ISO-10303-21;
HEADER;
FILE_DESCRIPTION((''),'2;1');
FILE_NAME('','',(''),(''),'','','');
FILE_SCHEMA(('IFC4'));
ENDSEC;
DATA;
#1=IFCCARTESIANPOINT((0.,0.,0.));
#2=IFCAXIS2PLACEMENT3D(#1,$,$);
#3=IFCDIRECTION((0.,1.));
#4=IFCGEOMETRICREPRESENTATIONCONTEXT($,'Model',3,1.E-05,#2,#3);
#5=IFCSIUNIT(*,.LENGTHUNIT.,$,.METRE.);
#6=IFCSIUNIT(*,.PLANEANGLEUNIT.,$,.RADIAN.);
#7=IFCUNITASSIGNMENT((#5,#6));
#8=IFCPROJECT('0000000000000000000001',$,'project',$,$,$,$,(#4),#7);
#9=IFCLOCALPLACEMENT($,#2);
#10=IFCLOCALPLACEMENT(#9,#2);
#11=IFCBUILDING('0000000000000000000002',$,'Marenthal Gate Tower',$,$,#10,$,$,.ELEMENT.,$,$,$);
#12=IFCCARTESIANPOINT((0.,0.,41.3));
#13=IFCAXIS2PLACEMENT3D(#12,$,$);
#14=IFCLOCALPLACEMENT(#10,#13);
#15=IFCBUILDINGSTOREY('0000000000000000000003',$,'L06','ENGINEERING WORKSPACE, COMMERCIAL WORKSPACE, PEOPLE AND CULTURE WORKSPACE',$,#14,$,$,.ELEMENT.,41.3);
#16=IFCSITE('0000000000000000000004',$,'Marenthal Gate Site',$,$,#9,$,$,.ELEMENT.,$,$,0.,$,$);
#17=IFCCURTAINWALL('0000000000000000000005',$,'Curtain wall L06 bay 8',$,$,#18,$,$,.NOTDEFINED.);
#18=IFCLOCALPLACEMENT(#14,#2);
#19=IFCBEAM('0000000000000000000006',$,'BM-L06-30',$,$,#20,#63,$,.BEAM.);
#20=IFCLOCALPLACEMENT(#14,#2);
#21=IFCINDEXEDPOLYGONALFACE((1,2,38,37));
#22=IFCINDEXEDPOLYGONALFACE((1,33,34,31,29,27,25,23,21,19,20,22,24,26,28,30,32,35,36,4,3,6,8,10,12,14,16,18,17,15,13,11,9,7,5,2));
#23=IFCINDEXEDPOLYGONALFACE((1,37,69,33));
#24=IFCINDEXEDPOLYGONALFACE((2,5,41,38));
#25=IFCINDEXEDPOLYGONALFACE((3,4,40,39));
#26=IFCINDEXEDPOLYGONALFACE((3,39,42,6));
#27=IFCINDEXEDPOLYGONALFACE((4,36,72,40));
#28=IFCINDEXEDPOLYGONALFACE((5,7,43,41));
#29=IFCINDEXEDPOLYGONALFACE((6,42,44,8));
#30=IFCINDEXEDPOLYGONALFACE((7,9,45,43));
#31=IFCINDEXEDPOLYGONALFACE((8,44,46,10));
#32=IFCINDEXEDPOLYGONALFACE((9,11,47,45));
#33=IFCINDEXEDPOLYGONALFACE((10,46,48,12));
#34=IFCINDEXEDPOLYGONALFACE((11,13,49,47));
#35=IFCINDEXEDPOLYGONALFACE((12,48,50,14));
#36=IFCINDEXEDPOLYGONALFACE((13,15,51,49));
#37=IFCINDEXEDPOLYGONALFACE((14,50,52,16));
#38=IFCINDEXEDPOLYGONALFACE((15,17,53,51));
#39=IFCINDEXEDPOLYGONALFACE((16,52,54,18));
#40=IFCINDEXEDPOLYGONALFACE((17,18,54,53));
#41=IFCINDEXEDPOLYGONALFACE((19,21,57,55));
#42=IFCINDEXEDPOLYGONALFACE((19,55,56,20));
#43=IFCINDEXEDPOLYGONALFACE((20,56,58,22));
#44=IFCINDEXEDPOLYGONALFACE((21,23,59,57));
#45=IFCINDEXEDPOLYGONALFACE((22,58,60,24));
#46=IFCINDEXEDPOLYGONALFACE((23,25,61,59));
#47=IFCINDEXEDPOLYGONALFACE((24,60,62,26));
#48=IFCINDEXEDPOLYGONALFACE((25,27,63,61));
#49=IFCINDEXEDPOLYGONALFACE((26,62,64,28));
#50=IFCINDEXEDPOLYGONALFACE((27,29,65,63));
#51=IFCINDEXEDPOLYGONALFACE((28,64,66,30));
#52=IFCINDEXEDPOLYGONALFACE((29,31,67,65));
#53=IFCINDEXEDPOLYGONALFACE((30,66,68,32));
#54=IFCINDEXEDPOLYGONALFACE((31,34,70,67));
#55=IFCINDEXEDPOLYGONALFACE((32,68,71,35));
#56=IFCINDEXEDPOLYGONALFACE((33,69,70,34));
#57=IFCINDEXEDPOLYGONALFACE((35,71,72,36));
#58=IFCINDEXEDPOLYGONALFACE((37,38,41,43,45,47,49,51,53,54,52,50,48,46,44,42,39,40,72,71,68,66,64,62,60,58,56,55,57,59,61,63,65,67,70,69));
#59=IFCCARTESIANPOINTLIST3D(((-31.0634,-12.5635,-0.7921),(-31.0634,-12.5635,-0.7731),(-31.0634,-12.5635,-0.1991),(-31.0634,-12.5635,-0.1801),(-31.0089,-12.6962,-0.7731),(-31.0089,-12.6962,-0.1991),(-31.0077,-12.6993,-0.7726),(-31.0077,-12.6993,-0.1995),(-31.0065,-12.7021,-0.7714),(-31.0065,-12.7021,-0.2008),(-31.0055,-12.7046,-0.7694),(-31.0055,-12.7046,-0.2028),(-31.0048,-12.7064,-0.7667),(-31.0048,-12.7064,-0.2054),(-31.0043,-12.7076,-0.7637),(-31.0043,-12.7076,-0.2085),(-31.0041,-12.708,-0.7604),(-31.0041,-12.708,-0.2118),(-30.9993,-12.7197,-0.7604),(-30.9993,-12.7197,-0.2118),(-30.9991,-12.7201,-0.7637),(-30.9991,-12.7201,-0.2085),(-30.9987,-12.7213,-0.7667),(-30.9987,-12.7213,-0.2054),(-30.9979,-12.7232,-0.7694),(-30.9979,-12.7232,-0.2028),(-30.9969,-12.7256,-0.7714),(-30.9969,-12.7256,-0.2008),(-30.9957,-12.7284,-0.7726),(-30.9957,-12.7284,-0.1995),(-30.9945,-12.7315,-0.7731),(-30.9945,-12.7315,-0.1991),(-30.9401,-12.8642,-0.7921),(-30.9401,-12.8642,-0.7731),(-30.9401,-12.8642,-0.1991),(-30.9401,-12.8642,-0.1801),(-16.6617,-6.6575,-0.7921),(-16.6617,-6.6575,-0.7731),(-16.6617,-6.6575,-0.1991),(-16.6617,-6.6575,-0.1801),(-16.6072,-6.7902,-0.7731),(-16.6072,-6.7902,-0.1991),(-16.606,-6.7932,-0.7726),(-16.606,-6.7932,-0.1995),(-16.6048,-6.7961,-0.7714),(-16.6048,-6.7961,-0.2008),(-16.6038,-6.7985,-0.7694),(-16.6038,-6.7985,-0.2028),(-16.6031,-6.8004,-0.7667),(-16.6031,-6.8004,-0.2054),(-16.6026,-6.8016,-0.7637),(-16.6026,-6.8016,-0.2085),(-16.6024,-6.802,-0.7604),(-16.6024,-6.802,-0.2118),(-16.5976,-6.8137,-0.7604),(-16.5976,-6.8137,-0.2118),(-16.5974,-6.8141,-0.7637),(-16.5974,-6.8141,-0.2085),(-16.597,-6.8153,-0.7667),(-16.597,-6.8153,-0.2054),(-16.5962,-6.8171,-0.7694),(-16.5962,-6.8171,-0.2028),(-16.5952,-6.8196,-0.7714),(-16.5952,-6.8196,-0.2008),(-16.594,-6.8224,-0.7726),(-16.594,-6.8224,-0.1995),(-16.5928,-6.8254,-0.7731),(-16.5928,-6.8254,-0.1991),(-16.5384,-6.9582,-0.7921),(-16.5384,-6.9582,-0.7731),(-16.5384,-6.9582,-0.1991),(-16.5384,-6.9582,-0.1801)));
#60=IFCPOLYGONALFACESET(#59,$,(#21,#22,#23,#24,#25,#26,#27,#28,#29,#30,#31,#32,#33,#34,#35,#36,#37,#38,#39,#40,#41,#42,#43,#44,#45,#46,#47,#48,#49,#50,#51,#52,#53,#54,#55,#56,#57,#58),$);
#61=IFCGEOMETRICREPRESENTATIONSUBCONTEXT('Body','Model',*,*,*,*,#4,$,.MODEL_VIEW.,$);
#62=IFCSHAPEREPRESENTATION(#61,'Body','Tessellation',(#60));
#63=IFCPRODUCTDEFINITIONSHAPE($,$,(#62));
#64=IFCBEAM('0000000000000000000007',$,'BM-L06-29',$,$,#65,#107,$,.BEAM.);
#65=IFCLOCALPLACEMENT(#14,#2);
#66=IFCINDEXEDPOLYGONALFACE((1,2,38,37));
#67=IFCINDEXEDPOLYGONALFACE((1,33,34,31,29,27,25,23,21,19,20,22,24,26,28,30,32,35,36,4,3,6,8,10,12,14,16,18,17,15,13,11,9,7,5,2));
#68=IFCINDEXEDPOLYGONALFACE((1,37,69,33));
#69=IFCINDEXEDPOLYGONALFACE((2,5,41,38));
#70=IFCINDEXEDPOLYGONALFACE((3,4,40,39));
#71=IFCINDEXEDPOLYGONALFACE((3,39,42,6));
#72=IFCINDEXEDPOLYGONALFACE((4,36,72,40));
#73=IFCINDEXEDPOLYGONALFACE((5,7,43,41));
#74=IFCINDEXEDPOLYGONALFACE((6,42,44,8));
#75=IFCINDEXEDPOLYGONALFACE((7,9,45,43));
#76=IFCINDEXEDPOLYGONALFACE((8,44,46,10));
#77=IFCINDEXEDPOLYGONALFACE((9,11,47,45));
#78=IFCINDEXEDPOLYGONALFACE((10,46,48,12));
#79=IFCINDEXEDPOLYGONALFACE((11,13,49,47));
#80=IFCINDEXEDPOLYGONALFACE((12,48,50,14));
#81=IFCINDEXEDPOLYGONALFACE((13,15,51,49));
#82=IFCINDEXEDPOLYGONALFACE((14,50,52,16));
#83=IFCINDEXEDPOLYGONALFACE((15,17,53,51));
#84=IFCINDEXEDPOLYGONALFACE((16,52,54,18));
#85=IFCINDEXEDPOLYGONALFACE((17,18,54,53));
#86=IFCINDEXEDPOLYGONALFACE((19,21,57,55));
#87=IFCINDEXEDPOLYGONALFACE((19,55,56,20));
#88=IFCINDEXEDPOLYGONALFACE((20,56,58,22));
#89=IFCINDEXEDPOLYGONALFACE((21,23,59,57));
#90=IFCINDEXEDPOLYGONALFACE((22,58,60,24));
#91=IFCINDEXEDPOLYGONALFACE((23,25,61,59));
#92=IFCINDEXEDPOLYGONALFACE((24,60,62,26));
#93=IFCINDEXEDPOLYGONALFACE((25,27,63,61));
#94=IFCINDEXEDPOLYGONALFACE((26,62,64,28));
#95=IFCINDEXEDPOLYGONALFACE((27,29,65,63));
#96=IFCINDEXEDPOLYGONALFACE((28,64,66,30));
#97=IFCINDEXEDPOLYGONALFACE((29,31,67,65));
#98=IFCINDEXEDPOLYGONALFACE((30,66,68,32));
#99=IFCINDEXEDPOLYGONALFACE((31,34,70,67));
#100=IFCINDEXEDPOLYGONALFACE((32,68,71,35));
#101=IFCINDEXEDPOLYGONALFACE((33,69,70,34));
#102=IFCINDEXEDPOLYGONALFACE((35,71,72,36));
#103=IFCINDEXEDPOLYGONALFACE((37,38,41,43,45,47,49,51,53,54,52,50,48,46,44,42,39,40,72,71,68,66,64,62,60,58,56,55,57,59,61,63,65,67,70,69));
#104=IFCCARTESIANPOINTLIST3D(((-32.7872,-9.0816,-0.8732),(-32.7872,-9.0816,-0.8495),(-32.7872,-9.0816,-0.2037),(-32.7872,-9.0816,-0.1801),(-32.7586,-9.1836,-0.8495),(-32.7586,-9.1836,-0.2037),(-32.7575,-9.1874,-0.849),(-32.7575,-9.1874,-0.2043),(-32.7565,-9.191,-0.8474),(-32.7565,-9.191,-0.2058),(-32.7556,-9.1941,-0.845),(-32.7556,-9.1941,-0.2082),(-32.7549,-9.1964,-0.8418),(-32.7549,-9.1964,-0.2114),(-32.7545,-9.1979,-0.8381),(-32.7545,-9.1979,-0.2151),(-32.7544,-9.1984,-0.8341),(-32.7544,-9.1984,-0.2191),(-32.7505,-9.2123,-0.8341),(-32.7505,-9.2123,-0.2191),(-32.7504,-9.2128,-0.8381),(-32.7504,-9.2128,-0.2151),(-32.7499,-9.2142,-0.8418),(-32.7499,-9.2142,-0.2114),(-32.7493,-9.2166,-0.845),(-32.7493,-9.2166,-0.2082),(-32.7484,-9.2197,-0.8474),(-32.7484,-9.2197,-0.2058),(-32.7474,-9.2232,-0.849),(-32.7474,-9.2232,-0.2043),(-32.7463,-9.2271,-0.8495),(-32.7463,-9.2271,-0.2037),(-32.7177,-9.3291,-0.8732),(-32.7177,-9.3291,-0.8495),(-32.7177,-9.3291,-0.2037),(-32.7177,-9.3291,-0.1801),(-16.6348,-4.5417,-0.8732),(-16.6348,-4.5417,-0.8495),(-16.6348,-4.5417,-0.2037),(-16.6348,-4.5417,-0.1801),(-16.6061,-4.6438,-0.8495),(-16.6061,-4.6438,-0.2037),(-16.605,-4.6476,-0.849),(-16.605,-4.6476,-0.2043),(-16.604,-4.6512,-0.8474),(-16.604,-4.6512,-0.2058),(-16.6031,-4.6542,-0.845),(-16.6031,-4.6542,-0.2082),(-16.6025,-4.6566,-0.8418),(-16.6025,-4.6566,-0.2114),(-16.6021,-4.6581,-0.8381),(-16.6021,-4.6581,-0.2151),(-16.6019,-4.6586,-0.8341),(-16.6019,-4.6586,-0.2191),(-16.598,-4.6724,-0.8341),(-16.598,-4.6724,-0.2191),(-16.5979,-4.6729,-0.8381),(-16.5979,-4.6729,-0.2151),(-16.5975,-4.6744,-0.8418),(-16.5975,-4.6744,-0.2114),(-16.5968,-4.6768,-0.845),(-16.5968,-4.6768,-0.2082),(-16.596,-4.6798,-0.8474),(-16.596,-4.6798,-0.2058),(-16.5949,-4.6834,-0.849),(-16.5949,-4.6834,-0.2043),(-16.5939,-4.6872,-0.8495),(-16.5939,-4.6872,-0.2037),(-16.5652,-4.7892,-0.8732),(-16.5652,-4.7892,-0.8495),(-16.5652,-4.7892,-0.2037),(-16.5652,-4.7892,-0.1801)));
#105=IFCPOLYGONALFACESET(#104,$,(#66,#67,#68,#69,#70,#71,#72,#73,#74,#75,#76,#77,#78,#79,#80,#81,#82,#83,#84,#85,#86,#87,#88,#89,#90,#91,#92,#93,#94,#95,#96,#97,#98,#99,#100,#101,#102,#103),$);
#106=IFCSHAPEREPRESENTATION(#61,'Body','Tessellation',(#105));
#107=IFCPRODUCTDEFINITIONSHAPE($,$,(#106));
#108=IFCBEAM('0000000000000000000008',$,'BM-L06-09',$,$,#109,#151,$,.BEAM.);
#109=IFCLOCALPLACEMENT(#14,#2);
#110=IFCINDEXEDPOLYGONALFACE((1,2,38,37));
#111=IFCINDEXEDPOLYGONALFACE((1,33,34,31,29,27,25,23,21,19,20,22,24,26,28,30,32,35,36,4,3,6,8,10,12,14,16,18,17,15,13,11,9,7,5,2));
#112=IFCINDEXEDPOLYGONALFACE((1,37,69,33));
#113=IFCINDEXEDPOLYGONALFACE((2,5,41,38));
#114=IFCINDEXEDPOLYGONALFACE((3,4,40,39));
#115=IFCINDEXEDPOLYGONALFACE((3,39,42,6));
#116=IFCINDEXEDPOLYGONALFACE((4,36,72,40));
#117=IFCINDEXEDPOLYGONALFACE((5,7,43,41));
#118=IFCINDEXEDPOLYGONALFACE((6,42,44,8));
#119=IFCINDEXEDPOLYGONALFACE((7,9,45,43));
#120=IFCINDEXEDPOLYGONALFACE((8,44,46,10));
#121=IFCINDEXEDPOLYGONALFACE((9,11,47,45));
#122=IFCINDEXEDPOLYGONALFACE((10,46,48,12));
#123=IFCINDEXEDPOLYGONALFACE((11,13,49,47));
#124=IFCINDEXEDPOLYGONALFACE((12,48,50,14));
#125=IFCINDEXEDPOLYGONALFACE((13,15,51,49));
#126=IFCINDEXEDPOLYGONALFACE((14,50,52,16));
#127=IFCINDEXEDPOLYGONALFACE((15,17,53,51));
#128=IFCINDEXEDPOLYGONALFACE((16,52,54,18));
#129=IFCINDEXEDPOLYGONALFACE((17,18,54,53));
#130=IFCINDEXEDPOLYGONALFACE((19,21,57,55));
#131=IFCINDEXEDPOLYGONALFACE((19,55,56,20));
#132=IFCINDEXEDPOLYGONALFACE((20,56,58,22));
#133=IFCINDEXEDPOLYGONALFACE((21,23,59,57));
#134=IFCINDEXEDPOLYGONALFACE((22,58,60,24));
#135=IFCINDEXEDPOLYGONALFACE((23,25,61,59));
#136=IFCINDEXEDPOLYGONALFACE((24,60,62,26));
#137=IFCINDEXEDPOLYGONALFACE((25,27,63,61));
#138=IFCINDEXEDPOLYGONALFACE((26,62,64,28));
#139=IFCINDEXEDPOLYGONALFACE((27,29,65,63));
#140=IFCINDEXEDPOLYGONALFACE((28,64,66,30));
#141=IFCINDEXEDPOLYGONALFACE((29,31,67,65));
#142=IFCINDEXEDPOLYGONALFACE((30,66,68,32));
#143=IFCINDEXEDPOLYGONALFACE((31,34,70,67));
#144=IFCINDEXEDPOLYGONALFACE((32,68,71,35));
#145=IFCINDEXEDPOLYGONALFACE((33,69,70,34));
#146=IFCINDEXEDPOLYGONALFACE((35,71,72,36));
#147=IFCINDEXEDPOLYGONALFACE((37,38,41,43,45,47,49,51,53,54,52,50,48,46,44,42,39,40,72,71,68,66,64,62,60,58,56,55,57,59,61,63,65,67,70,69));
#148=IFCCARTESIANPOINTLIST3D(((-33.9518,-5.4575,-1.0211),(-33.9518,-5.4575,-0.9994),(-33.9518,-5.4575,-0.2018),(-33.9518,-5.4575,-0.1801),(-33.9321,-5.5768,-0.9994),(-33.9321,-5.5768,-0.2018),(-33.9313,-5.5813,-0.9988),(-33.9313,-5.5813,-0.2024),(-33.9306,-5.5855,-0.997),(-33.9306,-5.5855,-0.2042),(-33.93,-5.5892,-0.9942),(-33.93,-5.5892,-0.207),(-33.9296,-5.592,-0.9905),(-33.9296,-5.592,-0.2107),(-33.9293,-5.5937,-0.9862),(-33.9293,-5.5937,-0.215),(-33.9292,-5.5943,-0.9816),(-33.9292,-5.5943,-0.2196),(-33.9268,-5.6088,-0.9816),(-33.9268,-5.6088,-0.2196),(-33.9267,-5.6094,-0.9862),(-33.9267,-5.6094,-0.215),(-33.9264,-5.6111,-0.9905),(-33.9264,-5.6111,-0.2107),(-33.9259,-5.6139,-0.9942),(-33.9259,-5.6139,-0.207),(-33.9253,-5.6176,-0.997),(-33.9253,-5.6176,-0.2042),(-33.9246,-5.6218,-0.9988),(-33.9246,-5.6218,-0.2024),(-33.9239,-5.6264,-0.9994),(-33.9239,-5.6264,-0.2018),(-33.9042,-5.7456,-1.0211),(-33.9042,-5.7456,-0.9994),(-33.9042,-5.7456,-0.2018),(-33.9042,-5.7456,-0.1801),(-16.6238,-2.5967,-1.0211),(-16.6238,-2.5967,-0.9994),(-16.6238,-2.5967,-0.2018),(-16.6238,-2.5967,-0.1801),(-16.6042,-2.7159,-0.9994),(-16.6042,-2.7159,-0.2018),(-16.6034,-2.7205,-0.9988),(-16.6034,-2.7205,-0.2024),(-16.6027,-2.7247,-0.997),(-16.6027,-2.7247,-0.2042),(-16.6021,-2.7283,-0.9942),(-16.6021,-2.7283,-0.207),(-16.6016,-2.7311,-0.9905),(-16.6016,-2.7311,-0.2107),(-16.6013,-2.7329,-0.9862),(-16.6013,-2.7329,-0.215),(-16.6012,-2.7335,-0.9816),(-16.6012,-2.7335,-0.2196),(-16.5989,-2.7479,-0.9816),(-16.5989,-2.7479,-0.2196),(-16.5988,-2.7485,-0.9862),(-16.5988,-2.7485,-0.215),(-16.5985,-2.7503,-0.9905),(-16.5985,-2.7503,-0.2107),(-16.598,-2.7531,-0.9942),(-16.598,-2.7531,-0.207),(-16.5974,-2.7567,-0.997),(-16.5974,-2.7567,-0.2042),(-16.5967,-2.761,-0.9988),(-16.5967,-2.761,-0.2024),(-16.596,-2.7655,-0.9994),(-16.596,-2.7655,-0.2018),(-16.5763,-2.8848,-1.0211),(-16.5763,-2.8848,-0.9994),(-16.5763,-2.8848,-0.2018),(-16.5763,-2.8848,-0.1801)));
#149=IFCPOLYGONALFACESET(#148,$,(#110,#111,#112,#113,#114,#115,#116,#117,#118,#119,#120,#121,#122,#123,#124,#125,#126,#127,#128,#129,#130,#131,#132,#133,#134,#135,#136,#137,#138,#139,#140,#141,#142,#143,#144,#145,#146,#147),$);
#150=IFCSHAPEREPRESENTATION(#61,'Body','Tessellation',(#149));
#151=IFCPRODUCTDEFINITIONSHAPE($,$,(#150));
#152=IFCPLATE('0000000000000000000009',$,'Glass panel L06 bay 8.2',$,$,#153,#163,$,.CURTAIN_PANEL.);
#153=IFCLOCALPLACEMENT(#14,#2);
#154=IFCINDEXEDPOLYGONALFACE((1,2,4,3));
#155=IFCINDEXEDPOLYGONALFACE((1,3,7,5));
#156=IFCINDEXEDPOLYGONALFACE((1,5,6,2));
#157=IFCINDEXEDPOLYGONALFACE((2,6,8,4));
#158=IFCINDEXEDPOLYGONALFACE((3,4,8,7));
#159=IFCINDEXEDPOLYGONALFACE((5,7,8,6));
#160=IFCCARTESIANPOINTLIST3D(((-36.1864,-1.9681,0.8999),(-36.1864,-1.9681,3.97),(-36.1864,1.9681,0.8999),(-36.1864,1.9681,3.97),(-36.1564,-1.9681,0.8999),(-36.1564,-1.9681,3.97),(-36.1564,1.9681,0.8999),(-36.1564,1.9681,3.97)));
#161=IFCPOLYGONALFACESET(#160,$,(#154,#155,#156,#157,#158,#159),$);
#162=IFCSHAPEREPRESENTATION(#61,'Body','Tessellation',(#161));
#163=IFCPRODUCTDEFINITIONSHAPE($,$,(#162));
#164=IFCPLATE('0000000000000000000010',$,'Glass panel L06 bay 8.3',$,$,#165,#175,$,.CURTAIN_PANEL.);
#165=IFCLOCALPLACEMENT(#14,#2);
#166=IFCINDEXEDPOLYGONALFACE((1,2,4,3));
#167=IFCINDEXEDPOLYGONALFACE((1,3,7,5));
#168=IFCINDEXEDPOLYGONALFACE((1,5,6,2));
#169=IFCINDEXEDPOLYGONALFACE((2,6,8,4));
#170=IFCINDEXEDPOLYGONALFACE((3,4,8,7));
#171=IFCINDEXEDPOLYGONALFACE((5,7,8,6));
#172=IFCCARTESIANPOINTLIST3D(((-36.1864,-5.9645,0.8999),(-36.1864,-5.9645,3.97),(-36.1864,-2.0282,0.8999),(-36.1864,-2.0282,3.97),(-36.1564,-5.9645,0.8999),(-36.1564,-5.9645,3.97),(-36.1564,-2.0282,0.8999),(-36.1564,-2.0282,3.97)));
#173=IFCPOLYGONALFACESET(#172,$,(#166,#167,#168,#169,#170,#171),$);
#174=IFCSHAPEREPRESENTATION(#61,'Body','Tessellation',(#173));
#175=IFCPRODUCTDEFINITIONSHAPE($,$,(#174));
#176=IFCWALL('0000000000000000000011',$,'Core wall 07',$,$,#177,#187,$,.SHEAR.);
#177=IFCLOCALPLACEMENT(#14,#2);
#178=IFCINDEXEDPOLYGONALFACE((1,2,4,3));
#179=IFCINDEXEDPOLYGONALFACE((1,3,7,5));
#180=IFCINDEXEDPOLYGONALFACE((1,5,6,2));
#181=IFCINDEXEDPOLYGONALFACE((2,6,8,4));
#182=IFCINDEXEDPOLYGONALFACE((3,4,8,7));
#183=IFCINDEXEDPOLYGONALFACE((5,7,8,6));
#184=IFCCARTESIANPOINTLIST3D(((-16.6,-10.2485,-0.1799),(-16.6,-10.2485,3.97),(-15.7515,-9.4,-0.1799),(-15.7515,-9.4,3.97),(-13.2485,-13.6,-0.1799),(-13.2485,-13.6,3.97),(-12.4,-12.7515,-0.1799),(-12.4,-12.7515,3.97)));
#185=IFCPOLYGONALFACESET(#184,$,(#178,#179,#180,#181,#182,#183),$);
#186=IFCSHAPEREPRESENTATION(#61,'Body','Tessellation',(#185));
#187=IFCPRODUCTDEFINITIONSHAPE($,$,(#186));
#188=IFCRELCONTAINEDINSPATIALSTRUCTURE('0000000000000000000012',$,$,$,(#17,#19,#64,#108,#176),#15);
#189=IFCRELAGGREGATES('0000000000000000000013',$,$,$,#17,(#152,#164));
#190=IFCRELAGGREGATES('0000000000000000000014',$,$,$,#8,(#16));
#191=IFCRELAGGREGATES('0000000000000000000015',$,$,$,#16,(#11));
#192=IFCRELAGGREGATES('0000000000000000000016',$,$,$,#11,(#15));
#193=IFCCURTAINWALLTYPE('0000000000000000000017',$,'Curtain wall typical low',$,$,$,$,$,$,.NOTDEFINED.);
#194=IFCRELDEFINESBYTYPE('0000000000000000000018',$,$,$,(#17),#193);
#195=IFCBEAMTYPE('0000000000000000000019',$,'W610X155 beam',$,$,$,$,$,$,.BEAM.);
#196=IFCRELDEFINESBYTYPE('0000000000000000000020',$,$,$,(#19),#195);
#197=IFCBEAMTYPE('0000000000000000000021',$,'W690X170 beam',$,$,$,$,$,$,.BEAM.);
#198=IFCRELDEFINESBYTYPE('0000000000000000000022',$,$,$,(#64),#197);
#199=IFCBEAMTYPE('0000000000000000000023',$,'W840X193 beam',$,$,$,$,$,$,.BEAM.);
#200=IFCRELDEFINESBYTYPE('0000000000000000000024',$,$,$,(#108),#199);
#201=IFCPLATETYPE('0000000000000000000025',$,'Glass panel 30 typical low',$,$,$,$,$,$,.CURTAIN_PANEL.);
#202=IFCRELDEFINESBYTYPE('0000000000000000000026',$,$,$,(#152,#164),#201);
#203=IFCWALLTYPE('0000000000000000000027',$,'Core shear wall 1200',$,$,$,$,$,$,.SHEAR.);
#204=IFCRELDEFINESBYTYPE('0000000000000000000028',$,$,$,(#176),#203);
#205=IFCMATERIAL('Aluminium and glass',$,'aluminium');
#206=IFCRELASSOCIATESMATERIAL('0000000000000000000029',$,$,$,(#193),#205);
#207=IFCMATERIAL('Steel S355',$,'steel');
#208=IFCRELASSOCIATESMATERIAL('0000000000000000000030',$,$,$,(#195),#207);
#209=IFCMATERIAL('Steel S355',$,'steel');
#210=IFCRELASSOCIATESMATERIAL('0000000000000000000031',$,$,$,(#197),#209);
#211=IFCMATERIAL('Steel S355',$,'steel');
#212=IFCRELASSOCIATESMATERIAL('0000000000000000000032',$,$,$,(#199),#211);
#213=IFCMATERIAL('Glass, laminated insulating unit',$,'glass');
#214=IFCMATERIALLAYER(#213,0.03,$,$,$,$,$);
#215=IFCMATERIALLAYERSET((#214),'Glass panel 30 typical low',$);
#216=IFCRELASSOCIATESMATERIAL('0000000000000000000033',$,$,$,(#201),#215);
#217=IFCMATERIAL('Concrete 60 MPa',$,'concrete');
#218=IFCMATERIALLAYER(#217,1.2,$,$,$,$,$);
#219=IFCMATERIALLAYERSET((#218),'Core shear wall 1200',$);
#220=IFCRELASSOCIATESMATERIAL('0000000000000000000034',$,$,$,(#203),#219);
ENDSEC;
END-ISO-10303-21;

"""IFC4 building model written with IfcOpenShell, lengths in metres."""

from ifc_helpers import new_model, si_unit, direction, frame, frame_2d, origin, origin_2d, place, context, subcontext, project, spatial, rectangle, i_section, extrude, material, layer, layer_set, material_profile, profile_set, type_object, element, aggregate, save


model = new_model("IFC4")

# Units and contexts
model_context = context("Model", 3, precision=1e-05, world=origin(), true_north=direction((0.0, 1.0)))
body_context = subcontext(model_context, "Body", "Model", "MODEL_VIEW")
ifc_project = project(units=[si_unit("LENGTHUNIT", "METRE"), si_unit("PLANEANGLEUNIT", "RADIAN")], contexts=[model_context])

# Site, building, storey
site_placement = place(None, origin())
site = spatial("IfcSite", under=ifc_project, at=site_placement, Name="Marenthal Gate Site", CompositionType="ELEMENT", RefElevation=0.0)
building_placement = place(site_placement, origin())
building = spatial("IfcBuilding", under=site, at=building_placement, Name="Marenthal Gate Tower", CompositionType="ELEMENT")
storey_placement = place(building_placement, frame((0.0, 0.0, 41.3)))
storey = spatial("IfcBuildingStorey", under=building, at=storey_placement, Name="L06", Description="ENGINEERING WORKSPACE, COMMERCIAL WORKSPACE, PEOPLE AND CULTURE WORKSPACE", CompositionType="ELEMENT", Elevation=41.3)

# Curtain wall
ifc_material_1 = material(Name="Aluminium and glass", Category="aluminium")
curtain_wall_type = type_object("IfcCurtainWallType", Name="Curtain wall typical low", PredefinedType="NOTDEFINED", material=ifc_material_1)
curtain_wall_placement = place(storey_placement, origin())
curtain_wall = element("IfcCurtainWall", 1, at=curtain_wall_placement, inside=storey, type_object=curtain_wall_type, Name="Curtain wall L06 bay 8", PredefinedType="NOTDEFINED")

# Beams
ifc_material_2 = material(Name="Steel S355", Category="steel")
ifc_material_profile_1 = material_profile(ifc_material_2, i_section(OverallWidth=0.325, OverallDepth=0.6121, WebThickness=0.0127, FlangeThickness=0.019, FilletRadius=0.0127, at=origin_2d()), Name="W610X155")
ifc_profile_set_1 = profile_set([ifc_material_profile_1], Name="Steel S355")
beam_type_1 = type_object("IfcBeamType", Name="W610X155 beam", PredefinedType="BEAM", material=ifc_profile_set_1)
beam_1_placement = place(storey_placement, frame((-31.0017, -12.7139, -0.4861), z_axis=(0.925222, 0.379427, 0.0), x_axis=(-0.379427, 0.925222, 0.0)))
element("IfcBeam", 2, at=beam_1_placement, inside=storey, type_object=beam_type_1, Name="BM-L06-30", PredefinedType="BEAM", context=body_context, shape_type="SweptSolid", body=[
    extrude(i_section(OverallWidth=0.325, OverallDepth=0.6121, WebThickness=0.0127, FlangeThickness=0.019, FilletRadius=0.0127, at=origin_2d()), origin(), (0.0, 0.0, 1.0), 15.5657),
])
ifc_material_3 = material(Name="Steel S355", Category="steel")
ifc_material_profile_2 = material_profile(ifc_material_3, i_section(OverallWidth=0.2571, OverallDepth=0.6931, WebThickness=0.0144, FlangeThickness=0.0237, FilletRadius=0.0154, at=origin_2d()), Name="W690X170")
ifc_profile_set_2 = profile_set([ifc_material_profile_2], Name="Steel S355")
beam_type_2 = type_object("IfcBeamType", Name="W690X170 beam", PredefinedType="BEAM", material=ifc_profile_set_2)
beam_2_placement = place(storey_placement, frame((-32.7524, -9.2053, -0.5266), z_axis=(0.962698, 0.270577, 0.0), x_axis=(-0.270577, 0.962698, 0.0)))
element("IfcBeam", 3, at=beam_2_placement, inside=storey, type_object=beam_type_2, Name="BM-L06-29", PredefinedType="BEAM", context=body_context, shape_type="SweptSolid", body=[
    extrude(i_section(OverallWidth=0.2571, OverallDepth=0.6931, WebThickness=0.0144, FlangeThickness=0.0237, FilletRadius=0.0154, at=origin_2d()), origin(), (0.0, 0.0, 1.0), 16.7783),
])
ifc_material_4 = material(Name="Steel S355", Category="steel")
ifc_material_profile_3 = material_profile(ifc_material_4, i_section(OverallWidth=0.292, OverallDepth=0.8411, WebThickness=0.0146, FlangeThickness=0.0217, FilletRadius=0.0178, at=origin_2d()), Name="W840X193")
ifc_profile_set_3 = profile_set([ifc_material_profile_3], Name="Steel S355")
beam_type_3 = type_object("IfcBeamType", Name="W840X193 beam", PredefinedType="BEAM", material=ifc_profile_set_3)
beam_3_placement = place(storey_placement, frame((-33.928, -5.6016, -0.6006), z_axis=(0.986643, 0.162895, 0.0), x_axis=(-0.162895, 0.986643, 0.0)))
element("IfcBeam", 4, at=beam_3_placement, inside=storey, type_object=beam_type_3, Name="BM-L06-09", PredefinedType="BEAM", context=body_context, shape_type="SweptSolid", body=[
    extrude(i_section(OverallWidth=0.292, OverallDepth=0.8411, WebThickness=0.0146, FlangeThickness=0.0217, FilletRadius=0.0178, at=origin_2d()), origin(), (0.0, 0.0, 1.0), 17.5625),
])

# Plates
ifc_material_5 = material(Name="Glass, laminated insulating unit", Category="glass")
ifc_layer_1 = layer(ifc_material_5, 0.03)
ifc_layer_set_1 = layer_set([ifc_layer_1], Name="Glass panel 30 typical low")
plate_type = type_object("IfcPlateType", Name="Glass panel 30 typical low", PredefinedType="CURTAIN_PANEL", material=ifc_layer_set_1)
plate_1_placement = place(storey_placement, frame((-36.1714, 0.0, 0.8999), z_axis=(0.0, 0.0, 1.0), x_axis=(0.0, -1.0, 0.0)))
plate_1 = element("IfcPlate", 5, at=plate_1_placement, type_object=plate_type, Name="Glass panel L06 bay 8.2", PredefinedType="CURTAIN_PANEL", context=body_context, shape_type="SweptSolid", body=[
    extrude(rectangle(XDim=3.9363, YDim=0.03, at=origin_2d()), origin(), (0.0, 0.0, 1.0), 3.0701),
])
plate_2_placement = place(storey_placement, frame((-36.1714, -3.9963, 0.8999), z_axis=(0.0, 0.0, 1.0), x_axis=(0.0, -1.0, 0.0)))
plate_2 = element("IfcPlate", 6, at=plate_2_placement, type_object=plate_type, Name="Glass panel L06 bay 8.3", PredefinedType="CURTAIN_PANEL", context=body_context, shape_type="SweptSolid", body=[
    extrude(rectangle(XDim=3.9363, YDim=0.03, at=origin_2d()), origin(), (0.0, 0.0, 1.0), 3.0701),
])
aggregate(curtain_wall, [plate_1, plate_2])

# Wall
ifc_material_6 = material(Name="Concrete 60 MPa", Category="concrete")
ifc_layer_2 = layer(ifc_material_6, 1.2)
ifc_layer_set_2 = layer_set([ifc_layer_2], Name="Core shear wall 1200")
wall_type_1 = type_object("IfcWallType", Name="Core shear wall 1200", PredefinedType="SHEAR", material=ifc_layer_set_2)
wall_1_placement = place(storey_placement, frame((-16.1758, -9.8242, -0.1799), z_axis=(0.0, 0.0, 1.0), x_axis=(0.707107, -0.707107, 0.0)))
element("IfcWall", 7, at=wall_1_placement, inside=storey, type_object=wall_type_1, Name="Core wall 07", PredefinedType="SHEAR", context=body_context, shape_type="SweptSolid", body=[
    extrude(rectangle(XDim=4.7397, YDim=1.2, at=frame_2d((2.3699, 0.0))), origin(), (0.0, 0.0, 1.0), 4.1499),
])

save(model, "model.ifc")
